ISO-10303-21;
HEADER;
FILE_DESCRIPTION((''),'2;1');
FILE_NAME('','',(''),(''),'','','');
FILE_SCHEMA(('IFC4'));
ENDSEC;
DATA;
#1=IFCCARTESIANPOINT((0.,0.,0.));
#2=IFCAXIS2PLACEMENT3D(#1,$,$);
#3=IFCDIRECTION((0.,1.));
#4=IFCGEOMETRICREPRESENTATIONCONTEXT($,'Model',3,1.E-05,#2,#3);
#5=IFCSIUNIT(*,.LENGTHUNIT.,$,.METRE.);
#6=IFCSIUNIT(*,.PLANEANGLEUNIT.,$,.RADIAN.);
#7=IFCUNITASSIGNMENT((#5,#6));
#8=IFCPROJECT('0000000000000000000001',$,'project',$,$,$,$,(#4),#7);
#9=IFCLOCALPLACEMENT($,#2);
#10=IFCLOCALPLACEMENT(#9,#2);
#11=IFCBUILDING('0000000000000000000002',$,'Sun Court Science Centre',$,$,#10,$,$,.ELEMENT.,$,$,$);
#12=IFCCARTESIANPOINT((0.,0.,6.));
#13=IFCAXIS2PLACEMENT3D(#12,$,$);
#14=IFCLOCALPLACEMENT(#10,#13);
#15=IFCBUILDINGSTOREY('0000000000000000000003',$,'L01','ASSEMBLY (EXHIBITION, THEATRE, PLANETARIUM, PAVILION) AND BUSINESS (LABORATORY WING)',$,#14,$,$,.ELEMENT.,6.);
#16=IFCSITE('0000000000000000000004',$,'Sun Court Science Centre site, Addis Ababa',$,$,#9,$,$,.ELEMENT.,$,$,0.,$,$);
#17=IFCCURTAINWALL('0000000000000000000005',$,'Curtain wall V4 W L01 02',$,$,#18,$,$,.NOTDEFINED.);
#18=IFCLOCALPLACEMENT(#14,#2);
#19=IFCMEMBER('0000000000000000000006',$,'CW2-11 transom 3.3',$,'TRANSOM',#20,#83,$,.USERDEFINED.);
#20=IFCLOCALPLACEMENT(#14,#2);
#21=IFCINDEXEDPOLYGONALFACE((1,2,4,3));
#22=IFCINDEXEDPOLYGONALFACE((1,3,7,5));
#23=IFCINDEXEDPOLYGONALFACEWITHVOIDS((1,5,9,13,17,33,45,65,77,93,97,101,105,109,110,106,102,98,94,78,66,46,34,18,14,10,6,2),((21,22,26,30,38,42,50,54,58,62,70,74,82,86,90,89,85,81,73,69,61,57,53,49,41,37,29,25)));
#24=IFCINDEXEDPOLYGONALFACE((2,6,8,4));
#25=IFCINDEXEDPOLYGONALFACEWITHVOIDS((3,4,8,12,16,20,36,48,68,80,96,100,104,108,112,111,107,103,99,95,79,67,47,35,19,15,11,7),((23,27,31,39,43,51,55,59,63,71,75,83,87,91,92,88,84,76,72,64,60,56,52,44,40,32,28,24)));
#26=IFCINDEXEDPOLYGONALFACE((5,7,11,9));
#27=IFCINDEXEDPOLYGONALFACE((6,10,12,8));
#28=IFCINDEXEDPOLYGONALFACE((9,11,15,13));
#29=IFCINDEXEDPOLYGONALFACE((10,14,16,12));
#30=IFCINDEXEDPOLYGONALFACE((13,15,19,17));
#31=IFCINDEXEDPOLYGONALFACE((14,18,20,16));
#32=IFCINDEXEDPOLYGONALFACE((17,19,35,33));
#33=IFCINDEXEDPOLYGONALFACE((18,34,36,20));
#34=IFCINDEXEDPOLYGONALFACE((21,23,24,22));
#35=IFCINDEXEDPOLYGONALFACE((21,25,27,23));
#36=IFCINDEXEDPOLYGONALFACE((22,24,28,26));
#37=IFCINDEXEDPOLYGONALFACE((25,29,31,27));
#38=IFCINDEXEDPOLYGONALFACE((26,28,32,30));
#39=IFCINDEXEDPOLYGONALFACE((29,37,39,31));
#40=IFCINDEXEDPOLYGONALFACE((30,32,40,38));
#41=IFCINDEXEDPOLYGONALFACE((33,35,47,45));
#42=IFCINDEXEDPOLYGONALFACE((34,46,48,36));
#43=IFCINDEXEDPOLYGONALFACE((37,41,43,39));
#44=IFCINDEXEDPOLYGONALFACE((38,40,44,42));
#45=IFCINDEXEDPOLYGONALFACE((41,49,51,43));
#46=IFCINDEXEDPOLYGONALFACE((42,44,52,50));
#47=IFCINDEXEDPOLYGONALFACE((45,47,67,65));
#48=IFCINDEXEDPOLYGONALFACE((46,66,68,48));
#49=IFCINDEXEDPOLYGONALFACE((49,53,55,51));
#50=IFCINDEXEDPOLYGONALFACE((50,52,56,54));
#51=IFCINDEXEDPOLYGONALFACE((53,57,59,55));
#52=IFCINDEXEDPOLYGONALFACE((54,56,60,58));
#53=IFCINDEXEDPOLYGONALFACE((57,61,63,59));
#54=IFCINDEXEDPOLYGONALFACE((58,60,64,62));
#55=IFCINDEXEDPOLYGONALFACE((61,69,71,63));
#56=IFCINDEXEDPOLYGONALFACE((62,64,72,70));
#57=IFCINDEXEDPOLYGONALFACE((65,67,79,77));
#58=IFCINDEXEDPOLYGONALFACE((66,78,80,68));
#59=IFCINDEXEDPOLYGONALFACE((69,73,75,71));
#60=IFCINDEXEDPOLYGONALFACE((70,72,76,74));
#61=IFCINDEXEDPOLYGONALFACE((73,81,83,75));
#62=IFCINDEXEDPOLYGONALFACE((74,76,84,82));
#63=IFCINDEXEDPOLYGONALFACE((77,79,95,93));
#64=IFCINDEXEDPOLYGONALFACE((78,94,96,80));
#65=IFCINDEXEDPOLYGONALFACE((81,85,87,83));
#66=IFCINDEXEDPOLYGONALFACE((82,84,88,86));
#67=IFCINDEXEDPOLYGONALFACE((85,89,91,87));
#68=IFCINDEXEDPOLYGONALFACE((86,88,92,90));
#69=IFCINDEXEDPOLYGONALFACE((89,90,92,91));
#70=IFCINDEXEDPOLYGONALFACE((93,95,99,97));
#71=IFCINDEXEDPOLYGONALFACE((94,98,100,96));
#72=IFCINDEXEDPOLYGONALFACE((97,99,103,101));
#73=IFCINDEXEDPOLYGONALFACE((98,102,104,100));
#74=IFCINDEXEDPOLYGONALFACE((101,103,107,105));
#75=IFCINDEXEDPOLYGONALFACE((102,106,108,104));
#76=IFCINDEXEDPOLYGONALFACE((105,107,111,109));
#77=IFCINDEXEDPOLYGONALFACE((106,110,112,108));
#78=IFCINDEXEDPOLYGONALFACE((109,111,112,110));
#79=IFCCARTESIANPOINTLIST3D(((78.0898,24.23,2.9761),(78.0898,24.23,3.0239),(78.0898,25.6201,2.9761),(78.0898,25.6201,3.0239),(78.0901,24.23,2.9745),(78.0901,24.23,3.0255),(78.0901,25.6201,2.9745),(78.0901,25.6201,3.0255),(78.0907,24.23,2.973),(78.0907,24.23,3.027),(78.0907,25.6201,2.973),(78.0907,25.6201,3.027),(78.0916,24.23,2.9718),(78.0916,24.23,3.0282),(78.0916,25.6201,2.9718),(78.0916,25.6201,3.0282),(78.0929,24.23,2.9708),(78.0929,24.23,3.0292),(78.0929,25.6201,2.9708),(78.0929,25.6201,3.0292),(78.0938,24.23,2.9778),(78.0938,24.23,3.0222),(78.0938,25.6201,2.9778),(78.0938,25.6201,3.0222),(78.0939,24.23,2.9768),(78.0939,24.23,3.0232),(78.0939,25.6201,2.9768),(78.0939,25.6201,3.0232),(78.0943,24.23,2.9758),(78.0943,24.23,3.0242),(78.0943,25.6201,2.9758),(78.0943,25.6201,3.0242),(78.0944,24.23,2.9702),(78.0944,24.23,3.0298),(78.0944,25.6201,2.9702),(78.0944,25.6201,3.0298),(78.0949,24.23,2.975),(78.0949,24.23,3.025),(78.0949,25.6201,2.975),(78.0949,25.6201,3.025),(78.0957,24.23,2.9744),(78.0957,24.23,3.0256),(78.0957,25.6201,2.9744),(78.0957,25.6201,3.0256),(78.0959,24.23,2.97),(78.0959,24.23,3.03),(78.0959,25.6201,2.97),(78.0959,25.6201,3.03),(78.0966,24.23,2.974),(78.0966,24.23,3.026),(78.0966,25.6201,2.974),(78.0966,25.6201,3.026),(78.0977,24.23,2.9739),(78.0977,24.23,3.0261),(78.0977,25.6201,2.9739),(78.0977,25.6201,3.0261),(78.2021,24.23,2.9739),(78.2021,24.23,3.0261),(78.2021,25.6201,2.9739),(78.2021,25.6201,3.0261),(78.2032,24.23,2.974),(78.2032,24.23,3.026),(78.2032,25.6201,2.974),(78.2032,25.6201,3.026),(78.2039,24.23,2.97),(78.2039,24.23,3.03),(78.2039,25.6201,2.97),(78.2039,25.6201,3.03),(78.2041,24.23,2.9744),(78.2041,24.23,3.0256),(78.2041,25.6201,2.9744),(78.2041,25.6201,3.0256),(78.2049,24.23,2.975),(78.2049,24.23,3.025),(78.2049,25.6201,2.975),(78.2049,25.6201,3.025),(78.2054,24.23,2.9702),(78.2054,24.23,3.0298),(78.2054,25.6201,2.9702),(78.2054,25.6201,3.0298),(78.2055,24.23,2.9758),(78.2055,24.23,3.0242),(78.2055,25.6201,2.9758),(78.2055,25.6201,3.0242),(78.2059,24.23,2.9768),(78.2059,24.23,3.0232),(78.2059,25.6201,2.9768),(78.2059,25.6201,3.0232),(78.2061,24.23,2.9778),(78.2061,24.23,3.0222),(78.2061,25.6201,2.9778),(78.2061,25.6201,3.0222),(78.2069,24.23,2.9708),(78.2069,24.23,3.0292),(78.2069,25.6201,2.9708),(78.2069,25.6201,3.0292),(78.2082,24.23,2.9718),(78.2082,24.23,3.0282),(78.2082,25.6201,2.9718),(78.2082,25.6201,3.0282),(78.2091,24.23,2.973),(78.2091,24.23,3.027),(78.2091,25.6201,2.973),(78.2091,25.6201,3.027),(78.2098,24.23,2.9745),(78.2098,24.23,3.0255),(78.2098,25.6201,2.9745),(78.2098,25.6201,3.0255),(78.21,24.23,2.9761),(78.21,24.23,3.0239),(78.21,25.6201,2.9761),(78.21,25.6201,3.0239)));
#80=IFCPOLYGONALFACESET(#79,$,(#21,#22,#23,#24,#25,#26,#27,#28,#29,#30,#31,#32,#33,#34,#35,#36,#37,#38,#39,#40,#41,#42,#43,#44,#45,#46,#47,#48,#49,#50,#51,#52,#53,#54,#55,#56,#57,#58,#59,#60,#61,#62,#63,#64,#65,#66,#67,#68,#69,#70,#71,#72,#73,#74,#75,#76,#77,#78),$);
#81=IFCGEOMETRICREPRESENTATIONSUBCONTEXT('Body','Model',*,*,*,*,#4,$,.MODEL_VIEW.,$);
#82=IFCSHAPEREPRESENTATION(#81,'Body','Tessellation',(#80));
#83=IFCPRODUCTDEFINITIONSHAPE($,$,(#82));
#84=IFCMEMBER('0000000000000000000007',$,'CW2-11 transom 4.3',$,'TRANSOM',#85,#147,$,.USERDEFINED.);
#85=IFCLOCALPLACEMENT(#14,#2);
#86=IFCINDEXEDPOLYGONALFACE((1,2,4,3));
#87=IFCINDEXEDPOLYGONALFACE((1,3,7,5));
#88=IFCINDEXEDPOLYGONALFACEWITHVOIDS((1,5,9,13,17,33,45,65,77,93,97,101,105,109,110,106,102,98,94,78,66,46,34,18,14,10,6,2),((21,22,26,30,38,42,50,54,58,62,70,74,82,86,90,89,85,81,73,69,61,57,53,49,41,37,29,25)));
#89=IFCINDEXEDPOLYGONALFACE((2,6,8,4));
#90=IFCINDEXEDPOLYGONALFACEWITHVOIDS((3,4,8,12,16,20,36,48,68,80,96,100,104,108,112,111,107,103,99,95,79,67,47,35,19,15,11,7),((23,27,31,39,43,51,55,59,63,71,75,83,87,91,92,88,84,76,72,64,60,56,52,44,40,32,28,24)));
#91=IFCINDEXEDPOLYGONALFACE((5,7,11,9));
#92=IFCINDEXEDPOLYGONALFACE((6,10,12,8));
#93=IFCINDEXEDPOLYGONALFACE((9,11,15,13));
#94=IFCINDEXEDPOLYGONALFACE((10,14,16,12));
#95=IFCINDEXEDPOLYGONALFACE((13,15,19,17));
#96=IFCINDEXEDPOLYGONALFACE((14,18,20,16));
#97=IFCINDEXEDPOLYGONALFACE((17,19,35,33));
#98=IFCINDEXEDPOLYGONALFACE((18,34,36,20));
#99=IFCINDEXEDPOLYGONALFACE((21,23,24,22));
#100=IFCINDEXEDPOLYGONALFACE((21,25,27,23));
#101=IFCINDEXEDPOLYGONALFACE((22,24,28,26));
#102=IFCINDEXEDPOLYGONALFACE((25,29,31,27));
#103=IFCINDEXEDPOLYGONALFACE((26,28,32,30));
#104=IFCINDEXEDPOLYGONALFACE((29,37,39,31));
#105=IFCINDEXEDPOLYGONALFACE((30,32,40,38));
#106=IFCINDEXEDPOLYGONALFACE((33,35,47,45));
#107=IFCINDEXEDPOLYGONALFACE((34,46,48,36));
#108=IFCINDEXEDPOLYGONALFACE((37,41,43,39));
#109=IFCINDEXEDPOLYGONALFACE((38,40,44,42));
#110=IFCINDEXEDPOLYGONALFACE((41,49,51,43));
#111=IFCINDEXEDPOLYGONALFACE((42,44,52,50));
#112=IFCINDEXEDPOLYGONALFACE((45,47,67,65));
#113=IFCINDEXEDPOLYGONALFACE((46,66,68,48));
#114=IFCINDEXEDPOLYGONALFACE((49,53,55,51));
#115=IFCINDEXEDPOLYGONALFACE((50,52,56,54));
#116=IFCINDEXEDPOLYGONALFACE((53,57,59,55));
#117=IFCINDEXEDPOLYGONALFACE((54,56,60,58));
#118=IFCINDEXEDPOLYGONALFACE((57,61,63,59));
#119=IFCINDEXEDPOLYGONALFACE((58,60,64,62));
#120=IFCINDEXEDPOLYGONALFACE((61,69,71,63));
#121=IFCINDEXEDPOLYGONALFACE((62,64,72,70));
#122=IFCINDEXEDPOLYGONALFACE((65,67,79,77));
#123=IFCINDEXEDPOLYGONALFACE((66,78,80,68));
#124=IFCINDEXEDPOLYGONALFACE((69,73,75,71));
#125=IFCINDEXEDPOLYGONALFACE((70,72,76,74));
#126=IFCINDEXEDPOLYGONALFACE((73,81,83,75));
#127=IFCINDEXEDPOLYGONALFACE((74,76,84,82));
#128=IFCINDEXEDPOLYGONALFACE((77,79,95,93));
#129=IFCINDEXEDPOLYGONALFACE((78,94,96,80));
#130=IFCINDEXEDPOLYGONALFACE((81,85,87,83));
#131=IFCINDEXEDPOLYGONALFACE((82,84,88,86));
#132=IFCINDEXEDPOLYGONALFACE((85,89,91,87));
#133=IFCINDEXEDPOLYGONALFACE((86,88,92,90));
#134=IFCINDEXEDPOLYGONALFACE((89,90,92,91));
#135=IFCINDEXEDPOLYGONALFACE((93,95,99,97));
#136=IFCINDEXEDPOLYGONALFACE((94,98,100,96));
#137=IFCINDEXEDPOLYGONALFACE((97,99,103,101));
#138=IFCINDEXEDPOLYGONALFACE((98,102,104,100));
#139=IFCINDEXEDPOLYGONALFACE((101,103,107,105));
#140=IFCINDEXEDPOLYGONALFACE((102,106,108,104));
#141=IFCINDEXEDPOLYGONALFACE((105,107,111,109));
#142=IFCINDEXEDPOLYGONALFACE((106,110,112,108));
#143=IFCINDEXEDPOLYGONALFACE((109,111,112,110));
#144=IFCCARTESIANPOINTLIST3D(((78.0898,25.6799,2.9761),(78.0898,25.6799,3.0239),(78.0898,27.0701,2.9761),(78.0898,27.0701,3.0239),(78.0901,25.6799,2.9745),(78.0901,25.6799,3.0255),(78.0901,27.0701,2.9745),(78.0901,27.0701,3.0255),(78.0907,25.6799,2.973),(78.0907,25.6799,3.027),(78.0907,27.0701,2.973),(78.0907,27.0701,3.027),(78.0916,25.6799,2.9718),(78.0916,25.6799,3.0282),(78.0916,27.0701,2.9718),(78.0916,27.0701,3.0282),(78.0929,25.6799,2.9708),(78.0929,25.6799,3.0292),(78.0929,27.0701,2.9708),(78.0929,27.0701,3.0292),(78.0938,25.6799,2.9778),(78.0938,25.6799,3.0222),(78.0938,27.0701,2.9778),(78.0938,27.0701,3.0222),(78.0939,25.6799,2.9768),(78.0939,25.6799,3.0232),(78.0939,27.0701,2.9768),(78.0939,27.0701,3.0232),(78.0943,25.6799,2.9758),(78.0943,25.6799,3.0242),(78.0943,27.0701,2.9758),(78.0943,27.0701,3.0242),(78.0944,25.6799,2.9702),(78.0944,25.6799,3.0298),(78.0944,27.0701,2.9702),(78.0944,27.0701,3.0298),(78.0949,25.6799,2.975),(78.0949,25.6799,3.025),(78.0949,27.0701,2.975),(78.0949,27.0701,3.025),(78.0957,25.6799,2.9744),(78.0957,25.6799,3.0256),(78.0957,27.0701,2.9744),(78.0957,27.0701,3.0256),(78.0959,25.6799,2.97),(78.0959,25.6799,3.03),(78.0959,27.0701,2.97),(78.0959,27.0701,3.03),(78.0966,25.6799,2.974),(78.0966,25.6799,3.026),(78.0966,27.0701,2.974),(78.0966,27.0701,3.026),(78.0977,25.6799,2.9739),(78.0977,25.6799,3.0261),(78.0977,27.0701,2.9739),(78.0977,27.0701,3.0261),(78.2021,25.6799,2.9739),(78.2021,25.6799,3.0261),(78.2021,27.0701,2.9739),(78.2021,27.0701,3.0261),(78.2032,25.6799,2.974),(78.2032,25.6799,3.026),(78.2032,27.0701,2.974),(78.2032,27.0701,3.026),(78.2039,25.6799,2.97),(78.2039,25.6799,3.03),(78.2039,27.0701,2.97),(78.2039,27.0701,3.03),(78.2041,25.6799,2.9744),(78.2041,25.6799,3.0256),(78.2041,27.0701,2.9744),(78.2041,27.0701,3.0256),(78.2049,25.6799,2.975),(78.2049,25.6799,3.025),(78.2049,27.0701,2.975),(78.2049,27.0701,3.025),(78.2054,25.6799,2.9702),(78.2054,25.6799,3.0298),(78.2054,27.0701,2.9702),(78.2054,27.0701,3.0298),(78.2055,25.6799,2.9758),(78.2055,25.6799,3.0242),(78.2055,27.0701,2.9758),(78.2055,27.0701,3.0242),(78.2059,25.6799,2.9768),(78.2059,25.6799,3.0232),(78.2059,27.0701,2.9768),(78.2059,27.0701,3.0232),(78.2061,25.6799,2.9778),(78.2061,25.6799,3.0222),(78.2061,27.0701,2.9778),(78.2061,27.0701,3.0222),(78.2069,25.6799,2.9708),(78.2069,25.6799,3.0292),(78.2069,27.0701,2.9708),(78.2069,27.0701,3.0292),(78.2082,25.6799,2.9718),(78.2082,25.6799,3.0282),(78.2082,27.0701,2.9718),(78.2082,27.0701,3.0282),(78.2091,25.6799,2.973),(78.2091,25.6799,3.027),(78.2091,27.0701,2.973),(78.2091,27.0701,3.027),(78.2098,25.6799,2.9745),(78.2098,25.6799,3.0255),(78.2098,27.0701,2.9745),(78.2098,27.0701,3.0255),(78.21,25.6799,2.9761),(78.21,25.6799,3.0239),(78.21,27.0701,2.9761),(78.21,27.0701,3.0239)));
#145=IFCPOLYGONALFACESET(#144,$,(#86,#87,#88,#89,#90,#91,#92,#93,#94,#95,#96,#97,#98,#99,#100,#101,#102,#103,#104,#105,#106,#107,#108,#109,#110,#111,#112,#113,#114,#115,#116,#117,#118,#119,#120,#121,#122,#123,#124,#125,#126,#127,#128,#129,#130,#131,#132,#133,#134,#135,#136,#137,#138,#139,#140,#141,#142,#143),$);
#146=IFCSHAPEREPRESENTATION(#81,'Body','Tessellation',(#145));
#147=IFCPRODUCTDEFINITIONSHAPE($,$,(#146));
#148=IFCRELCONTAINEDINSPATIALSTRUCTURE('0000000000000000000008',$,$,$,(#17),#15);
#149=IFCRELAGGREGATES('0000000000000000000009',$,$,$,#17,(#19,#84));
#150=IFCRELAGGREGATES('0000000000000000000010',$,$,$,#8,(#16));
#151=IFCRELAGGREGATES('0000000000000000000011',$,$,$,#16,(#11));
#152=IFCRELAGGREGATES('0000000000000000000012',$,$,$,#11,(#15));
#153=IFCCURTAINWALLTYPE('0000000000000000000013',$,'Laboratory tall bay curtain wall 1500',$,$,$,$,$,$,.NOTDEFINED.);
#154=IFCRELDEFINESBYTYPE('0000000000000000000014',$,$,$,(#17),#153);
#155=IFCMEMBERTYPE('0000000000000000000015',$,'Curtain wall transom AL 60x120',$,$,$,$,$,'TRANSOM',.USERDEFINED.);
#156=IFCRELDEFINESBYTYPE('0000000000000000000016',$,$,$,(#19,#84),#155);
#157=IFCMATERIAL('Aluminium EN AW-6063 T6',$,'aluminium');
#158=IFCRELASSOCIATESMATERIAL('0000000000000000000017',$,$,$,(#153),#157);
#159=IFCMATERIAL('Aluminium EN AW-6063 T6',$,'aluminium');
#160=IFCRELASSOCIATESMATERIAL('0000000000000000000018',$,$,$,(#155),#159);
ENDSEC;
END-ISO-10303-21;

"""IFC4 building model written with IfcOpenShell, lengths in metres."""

from ifc_helpers import new_model, si_unit, direction, frame, origin, origin_2d, place, context, subcontext, project, spatial, hollow_rectangle, extrude, material, material_profile, profile_set, type_object, element, aggregate, save


model = new_model("IFC4")

# Units and contexts
model_context = context("Model", 3, precision=1e-05, world=origin(), true_north=direction((0.0, 1.0)))
body_context = subcontext(model_context, "Body", "Model", "MODEL_VIEW")
ifc_project = project(units=[si_unit("LENGTHUNIT", "METRE"), si_unit("PLANEANGLEUNIT", "RADIAN")], contexts=[model_context])

# Site, building, storey
site_placement = place(None, origin())
site = spatial("IfcSite", under=ifc_project, at=site_placement, Name="Sun Court Science Centre site, Addis Ababa", CompositionType="ELEMENT", RefElevation=0.0)
building_placement = place(site_placement, origin())
building = spatial("IfcBuilding", under=site, at=building_placement, Name="Sun Court Science Centre", CompositionType="ELEMENT")
storey_placement = place(building_placement, frame((0.0, 0.0, 6.0)))
storey = spatial("IfcBuildingStorey", under=building, at=storey_placement, Name="L01", Description="ASSEMBLY (EXHIBITION, THEATRE, PLANETARIUM, PAVILION) AND BUSINESS (LABORATORY WING)", CompositionType="ELEMENT", Elevation=6.0)

# Curtain wall
ifc_material_1 = material(Name="Aluminium EN AW-6063 T6", Category="aluminium")
curtain_wall_type = type_object("IfcCurtainWallType", Name="Laboratory tall bay curtain wall 1500", PredefinedType="NOTDEFINED", material=ifc_material_1)
curtain_wall_1_placement = place(storey_placement, origin())
curtain_wall_1 = element("IfcCurtainWall", 1, at=curtain_wall_1_placement, inside=storey, type_object=curtain_wall_type, Name="Curtain wall V4 W L01 02", PredefinedType="NOTDEFINED")

# Members
ifc_material_2 = material(Name="Aluminium EN AW-6063 T6", Category="aluminium")
ifc_material_profile_1 = material_profile(ifc_material_2, hollow_rectangle(XDim=0.0601, YDim=0.1201, WallThickness=0.0039, InnerFilletRadius=0.0039, OuterFilletRadius=0.0061, at=origin_2d()), Name="AL 60x120x4")
ifc_profile_set_1 = profile_set([ifc_material_profile_1], Name="Aluminium EN AW-6063 T6")
member_type_1 = type_object("IfcMemberType", Name="Curtain wall transom AL 60x120", ElementType="TRANSOM", PredefinedType="USERDEFINED", material=ifc_profile_set_1)
member_1_placement = place(storey_placement, frame((78.1499, 24.23, 3.0), z_axis=(0.0, 1.0, 0.0), x_axis=(0.0, 0.0, 1.0)))
member_1 = element("IfcMember", 2, at=member_1_placement, type_object=member_type_1, Name="CW2-11 transom 3.3", ObjectType="TRANSOM", PredefinedType="USERDEFINED", context=body_context, shape_type="SweptSolid", body=[
    extrude(hollow_rectangle(XDim=0.0601, YDim=0.1201, WallThickness=0.0039, InnerFilletRadius=0.0039, OuterFilletRadius=0.0061, at=origin_2d()), origin(), (0.0, 0.0, 1.0), 1.3901),
])
member_2_placement = place(storey_placement, frame((78.1499, 25.6799, 3.0), z_axis=(0.0, 1.0, 0.0), x_axis=(0.0, 0.0, 1.0)))
member_2 = element("IfcMember", 3, at=member_2_placement, type_object=member_type_1, Name="CW2-11 transom 4.3", ObjectType="TRANSOM", PredefinedType="USERDEFINED", context=body_context, shape_type="SweptSolid", body=[
    extrude(hollow_rectangle(XDim=0.0601, YDim=0.1201, WallThickness=0.0039, InnerFilletRadius=0.0039, OuterFilletRadius=0.0061, at=origin_2d()), origin(), (0.0, 0.0, 1.0), 1.3901),
])

aggregate(curtain_wall_1, [member_1, member_2])

save(model, "model.ifc")
